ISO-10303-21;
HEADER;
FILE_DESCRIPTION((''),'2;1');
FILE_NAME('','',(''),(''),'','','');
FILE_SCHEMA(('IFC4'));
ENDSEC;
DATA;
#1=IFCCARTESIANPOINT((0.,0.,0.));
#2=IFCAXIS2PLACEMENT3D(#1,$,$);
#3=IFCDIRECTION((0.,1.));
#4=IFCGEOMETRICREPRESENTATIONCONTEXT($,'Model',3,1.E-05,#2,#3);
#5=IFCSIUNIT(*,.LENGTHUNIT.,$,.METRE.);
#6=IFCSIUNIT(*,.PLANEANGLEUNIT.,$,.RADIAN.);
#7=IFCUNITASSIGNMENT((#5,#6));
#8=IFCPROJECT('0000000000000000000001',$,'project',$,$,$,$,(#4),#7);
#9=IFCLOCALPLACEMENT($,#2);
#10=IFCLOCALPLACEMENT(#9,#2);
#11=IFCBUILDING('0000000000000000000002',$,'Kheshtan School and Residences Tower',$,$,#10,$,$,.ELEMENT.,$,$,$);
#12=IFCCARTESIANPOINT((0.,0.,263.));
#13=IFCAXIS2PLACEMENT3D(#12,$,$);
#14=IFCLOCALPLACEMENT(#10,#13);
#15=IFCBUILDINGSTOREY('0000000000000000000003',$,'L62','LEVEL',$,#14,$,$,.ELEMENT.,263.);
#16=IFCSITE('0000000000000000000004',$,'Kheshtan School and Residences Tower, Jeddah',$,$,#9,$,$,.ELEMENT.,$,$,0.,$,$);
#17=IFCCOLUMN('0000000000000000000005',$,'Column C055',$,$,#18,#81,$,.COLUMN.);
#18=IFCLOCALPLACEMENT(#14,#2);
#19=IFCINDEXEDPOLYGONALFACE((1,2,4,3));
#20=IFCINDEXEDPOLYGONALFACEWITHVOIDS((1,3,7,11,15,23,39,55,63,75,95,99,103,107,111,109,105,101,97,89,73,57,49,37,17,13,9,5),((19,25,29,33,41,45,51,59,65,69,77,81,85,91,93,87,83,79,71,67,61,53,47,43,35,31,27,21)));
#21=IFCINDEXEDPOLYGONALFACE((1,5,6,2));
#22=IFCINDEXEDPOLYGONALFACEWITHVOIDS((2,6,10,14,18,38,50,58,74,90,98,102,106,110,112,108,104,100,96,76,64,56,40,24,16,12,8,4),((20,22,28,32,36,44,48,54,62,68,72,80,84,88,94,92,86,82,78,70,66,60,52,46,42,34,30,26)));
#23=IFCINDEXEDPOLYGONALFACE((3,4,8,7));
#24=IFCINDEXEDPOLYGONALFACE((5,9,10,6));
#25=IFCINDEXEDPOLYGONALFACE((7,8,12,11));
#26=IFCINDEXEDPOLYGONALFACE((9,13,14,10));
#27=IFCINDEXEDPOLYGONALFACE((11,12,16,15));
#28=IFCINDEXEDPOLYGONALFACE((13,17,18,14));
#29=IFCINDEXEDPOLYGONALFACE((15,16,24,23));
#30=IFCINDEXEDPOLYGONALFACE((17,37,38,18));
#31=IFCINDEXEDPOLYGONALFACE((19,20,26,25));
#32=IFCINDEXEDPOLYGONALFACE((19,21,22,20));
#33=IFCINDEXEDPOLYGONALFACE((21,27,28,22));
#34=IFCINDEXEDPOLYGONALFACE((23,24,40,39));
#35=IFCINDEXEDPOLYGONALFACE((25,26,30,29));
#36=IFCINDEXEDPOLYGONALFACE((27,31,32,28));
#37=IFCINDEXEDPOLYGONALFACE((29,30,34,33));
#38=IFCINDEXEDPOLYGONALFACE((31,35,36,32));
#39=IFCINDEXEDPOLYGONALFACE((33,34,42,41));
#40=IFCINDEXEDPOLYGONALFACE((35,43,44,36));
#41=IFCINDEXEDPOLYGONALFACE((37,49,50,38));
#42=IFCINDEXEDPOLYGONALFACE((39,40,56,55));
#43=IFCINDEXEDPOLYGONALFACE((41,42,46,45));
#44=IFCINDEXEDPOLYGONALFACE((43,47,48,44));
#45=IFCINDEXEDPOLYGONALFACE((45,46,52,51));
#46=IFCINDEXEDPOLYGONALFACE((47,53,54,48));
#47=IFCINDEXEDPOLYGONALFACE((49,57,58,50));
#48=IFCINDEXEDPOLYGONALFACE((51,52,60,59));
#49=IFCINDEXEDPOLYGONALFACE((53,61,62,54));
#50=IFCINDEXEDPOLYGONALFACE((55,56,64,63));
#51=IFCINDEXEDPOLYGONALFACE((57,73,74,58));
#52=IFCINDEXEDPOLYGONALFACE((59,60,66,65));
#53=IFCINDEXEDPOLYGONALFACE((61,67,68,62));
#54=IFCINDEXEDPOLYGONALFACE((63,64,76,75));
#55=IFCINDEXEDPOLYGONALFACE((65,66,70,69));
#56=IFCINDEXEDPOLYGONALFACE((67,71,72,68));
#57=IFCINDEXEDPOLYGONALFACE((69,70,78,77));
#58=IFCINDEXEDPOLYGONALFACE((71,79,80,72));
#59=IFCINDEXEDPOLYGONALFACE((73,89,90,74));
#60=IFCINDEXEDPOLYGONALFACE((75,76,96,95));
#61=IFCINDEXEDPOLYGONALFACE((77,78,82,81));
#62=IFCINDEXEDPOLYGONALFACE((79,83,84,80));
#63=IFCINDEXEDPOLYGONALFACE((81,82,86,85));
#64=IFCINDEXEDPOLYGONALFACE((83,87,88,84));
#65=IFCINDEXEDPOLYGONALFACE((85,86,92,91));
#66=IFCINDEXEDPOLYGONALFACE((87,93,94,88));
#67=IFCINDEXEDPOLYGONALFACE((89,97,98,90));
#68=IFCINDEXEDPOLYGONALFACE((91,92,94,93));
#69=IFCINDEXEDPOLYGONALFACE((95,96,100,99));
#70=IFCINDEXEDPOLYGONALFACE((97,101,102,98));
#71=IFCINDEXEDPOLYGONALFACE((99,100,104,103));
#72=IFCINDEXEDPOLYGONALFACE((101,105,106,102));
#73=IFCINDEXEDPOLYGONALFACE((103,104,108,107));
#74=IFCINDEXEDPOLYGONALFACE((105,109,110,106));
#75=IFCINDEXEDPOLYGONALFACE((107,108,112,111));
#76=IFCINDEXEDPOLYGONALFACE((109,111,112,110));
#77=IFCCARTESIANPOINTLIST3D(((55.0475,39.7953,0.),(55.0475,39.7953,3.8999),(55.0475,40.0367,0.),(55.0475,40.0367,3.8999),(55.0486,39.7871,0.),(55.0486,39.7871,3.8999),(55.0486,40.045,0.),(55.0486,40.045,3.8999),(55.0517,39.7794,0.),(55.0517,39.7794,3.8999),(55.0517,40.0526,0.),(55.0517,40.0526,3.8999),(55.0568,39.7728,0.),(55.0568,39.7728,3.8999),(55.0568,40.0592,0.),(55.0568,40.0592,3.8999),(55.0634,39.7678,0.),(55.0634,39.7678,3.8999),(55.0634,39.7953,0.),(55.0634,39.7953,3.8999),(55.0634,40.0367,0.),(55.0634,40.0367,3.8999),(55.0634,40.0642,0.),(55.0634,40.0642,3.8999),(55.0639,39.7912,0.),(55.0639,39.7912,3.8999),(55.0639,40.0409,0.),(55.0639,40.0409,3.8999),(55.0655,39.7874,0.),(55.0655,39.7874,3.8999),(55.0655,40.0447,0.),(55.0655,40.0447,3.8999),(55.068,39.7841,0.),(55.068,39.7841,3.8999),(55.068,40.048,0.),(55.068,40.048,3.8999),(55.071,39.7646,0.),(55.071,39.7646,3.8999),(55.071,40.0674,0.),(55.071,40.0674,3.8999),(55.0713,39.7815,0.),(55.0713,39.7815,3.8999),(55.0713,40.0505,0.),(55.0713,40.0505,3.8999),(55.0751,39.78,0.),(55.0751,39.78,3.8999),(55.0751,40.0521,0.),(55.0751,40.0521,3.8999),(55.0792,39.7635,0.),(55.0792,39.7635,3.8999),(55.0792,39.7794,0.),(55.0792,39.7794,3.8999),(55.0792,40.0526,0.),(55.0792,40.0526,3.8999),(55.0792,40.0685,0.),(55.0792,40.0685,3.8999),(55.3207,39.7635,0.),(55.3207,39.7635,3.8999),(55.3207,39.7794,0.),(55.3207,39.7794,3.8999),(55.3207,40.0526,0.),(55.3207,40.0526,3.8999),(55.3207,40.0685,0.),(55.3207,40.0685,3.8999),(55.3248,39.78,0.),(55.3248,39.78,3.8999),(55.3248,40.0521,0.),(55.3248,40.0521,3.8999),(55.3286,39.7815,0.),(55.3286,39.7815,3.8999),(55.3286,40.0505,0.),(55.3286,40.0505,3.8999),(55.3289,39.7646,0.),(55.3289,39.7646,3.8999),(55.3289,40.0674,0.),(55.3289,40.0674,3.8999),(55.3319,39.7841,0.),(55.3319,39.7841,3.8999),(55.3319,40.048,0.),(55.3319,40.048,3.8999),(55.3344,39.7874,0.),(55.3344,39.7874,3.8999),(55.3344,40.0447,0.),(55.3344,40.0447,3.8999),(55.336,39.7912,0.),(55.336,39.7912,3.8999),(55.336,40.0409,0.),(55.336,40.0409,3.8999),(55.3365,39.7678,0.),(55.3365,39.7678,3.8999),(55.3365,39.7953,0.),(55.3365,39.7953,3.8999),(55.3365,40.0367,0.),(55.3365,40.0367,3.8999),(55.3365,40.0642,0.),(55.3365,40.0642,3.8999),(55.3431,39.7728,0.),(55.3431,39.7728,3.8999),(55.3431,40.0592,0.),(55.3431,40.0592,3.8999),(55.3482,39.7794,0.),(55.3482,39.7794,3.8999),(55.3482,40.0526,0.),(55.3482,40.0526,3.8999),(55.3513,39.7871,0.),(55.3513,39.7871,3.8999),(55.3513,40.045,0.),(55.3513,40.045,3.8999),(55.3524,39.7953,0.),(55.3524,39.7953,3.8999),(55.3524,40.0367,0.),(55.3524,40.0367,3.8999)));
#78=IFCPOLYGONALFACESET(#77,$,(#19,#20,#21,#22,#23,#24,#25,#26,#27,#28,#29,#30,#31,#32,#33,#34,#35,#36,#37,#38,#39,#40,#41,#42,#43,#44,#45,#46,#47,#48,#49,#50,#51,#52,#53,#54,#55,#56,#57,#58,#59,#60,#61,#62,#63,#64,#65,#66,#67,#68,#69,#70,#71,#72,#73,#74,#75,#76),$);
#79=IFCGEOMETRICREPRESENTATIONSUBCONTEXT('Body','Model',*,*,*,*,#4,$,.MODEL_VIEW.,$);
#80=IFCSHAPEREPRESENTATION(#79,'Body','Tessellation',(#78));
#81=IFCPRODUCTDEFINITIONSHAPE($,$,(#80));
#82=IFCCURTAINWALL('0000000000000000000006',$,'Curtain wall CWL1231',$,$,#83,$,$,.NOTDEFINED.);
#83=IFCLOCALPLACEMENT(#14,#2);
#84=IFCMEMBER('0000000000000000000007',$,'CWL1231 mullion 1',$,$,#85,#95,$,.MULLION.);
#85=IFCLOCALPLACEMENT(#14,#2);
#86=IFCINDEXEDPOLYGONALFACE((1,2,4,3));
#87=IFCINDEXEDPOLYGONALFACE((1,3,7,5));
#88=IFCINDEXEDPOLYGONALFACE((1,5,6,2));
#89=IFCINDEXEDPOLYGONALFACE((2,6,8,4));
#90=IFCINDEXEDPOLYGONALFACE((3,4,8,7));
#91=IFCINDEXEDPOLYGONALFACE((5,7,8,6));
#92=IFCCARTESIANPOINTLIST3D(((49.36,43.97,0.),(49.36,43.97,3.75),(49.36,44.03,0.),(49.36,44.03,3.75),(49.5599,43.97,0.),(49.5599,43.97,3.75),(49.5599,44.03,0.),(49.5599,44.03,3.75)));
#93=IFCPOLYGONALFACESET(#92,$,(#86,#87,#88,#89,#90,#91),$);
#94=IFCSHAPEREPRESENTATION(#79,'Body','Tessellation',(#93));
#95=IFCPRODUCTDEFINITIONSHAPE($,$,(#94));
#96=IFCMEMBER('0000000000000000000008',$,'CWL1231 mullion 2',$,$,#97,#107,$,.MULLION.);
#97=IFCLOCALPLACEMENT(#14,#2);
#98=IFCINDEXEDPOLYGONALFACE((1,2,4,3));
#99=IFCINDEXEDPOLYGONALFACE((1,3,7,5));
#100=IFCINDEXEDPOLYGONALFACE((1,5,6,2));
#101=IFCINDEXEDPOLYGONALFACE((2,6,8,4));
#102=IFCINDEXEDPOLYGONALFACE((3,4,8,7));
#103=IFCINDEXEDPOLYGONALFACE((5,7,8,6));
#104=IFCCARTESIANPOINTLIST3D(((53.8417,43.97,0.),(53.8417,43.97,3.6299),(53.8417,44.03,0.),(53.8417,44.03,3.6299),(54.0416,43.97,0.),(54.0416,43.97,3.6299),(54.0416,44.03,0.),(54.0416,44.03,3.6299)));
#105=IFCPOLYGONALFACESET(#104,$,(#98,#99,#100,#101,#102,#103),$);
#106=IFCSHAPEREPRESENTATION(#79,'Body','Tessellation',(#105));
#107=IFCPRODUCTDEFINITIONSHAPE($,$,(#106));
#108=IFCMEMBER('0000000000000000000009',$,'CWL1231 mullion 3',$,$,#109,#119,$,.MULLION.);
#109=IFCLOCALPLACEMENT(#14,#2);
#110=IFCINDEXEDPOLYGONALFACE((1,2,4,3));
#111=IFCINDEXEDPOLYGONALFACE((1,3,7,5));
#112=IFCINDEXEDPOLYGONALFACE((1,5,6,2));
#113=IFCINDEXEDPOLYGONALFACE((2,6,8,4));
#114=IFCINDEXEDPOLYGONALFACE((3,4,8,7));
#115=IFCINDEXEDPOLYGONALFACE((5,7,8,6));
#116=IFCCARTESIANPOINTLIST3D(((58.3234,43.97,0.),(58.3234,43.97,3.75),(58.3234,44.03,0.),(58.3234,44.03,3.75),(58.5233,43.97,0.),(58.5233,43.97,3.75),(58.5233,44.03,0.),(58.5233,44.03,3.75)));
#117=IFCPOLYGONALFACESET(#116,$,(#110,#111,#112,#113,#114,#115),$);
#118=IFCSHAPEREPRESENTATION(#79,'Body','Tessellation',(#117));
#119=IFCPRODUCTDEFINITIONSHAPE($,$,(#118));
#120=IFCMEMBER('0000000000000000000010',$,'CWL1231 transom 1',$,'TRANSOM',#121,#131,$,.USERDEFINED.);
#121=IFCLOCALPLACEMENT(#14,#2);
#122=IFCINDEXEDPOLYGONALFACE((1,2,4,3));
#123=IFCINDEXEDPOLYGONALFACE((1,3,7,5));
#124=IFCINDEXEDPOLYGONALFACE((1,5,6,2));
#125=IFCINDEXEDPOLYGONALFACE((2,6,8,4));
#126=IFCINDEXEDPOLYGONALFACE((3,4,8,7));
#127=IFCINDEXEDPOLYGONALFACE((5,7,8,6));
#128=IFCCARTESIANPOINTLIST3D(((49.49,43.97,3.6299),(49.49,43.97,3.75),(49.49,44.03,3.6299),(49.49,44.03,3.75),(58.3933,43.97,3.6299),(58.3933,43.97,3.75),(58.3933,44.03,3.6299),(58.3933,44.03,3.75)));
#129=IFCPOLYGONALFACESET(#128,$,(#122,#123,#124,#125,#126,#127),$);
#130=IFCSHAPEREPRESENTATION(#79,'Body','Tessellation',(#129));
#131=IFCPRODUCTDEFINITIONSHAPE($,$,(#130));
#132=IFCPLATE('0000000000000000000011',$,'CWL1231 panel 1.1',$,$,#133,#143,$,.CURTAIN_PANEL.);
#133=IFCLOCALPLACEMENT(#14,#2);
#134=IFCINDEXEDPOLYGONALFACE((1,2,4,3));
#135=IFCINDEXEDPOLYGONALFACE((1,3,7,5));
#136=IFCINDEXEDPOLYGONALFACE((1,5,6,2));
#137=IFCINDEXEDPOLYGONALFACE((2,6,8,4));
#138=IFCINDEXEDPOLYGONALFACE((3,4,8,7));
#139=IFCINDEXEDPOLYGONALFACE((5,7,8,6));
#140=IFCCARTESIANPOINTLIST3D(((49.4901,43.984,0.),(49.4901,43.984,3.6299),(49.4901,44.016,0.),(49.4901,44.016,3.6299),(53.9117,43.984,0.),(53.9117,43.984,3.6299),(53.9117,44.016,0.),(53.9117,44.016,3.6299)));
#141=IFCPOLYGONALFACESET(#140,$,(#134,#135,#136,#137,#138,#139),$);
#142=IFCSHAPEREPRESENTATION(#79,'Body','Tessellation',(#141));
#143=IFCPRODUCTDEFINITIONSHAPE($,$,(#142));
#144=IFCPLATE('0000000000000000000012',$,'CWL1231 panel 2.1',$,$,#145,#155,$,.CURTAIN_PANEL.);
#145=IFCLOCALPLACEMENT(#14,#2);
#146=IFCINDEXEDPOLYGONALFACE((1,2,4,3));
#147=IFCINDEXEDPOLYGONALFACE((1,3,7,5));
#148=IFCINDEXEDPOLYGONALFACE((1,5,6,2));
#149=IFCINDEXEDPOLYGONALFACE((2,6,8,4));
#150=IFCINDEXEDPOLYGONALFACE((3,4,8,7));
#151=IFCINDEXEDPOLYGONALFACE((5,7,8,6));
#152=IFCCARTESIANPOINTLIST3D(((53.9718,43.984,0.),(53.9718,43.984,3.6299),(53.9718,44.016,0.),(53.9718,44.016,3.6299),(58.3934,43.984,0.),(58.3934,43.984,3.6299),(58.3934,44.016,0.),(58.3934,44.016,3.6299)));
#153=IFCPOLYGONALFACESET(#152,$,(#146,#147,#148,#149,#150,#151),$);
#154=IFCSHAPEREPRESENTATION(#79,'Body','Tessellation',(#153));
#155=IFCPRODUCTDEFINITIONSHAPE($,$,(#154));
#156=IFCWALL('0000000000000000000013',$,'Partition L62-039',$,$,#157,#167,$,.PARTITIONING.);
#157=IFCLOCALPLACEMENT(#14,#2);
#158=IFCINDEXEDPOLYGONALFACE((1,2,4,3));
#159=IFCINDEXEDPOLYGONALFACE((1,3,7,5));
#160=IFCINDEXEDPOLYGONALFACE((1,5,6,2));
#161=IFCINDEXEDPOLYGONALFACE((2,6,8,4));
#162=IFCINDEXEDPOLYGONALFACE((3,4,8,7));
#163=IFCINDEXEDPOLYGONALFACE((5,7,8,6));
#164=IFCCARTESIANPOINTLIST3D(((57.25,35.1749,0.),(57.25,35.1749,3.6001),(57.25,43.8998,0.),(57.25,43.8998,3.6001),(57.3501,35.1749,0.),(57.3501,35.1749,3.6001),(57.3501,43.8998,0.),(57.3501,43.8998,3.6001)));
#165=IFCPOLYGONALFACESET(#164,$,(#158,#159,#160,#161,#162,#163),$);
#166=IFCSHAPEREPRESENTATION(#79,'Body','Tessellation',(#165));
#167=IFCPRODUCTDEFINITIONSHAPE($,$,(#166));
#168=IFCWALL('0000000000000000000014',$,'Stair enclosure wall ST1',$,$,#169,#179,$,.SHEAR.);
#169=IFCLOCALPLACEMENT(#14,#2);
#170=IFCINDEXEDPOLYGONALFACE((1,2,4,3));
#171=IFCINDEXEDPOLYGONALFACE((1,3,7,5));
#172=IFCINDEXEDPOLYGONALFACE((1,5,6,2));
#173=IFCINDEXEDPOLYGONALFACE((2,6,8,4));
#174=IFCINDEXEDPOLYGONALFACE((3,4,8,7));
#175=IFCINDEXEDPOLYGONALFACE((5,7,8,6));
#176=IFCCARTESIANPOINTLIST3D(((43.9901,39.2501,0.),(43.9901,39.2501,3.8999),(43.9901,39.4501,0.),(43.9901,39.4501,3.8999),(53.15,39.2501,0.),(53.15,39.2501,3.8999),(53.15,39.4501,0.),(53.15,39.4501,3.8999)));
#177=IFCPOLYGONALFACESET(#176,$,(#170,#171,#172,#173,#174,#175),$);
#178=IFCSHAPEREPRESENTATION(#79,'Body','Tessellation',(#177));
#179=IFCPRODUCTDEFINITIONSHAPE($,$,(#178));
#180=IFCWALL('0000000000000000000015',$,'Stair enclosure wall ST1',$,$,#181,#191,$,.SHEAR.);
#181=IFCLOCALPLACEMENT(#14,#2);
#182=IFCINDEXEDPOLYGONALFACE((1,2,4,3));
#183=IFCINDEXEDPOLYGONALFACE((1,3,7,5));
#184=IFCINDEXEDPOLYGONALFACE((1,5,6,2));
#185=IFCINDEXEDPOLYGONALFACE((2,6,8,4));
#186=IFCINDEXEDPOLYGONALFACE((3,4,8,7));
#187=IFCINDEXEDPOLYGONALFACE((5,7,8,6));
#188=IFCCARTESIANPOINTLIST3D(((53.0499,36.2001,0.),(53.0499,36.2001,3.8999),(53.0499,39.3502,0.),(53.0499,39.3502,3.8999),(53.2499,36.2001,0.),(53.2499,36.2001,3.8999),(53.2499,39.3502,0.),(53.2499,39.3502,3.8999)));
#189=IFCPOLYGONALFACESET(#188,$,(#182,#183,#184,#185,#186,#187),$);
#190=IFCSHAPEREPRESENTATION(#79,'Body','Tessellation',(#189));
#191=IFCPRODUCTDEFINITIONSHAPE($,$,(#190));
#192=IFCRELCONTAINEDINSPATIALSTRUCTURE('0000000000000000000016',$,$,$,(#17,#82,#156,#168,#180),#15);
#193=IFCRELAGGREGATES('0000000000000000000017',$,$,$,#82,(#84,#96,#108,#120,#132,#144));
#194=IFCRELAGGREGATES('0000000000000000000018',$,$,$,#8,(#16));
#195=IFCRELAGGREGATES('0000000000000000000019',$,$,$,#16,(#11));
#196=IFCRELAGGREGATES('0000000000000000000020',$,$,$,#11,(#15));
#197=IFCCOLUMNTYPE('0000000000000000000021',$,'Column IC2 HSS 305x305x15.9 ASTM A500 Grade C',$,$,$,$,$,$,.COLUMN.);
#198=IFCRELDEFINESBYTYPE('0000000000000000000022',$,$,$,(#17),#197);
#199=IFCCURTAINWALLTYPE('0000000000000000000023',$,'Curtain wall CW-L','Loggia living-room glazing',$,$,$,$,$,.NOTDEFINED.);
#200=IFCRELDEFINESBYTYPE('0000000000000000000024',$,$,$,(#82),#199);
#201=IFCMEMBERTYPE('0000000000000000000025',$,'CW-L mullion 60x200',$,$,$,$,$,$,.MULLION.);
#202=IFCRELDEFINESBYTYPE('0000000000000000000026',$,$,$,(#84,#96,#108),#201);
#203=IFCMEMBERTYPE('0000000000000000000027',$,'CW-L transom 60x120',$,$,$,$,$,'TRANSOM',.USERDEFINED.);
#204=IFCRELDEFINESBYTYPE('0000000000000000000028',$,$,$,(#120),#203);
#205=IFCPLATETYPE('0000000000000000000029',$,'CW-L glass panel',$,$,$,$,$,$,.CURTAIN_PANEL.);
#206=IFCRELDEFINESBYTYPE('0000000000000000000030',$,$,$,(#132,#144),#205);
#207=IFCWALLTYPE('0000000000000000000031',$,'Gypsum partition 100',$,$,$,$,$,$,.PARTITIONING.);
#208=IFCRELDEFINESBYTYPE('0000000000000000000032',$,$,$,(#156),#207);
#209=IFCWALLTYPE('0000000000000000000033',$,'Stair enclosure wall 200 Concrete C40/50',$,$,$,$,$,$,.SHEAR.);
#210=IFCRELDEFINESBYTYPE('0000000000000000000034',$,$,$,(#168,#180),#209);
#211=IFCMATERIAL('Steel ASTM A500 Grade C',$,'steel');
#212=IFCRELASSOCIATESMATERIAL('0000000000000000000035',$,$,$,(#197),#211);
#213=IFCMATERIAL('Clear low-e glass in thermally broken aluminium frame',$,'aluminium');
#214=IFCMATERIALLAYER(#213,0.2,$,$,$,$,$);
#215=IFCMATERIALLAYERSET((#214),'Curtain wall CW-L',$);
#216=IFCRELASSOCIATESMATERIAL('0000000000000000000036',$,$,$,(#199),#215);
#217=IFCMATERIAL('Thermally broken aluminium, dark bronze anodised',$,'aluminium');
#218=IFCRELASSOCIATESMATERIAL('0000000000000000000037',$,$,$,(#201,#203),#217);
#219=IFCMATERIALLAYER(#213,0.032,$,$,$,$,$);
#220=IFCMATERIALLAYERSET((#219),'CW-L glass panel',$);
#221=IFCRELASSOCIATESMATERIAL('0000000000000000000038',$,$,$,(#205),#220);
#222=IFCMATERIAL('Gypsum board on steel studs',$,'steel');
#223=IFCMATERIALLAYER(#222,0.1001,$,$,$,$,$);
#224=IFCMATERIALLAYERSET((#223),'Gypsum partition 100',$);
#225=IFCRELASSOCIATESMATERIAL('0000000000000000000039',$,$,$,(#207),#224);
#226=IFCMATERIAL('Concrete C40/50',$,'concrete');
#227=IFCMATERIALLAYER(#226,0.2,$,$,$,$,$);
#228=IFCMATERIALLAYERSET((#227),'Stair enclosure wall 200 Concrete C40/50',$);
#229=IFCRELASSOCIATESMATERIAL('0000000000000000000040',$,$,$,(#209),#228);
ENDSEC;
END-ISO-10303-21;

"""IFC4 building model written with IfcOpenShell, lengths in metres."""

from ifc_helpers import new_model, si_unit, direction, frame, frame_2d, origin, origin_2d, place, context, subcontext, project, spatial, rectangle, hollow_rectangle, extrude, material, layer, layer_set, material_profile, profile_set, type_object, element, aggregate, save


model = new_model("IFC4")

# Units and contexts
model_context = context("Model", 3, precision=1e-05, world=origin(), true_north=direction((0.0, 1.0)))
body_context = subcontext(model_context, "Body", "Model", "MODEL_VIEW")
ifc_project = project(units=[si_unit("LENGTHUNIT", "METRE"), si_unit("PLANEANGLEUNIT", "RADIAN")], contexts=[model_context])

# Site, building, storey
site_placement = place(None, origin())
site = spatial("IfcSite", under=ifc_project, at=site_placement, Name="Kheshtan School and Residences Tower, Jeddah", CompositionType="ELEMENT", RefElevation=0.0)
building_placement = place(site_placement, origin())
building = spatial("IfcBuilding", under=site, at=building_placement, Name="Kheshtan School and Residences Tower", CompositionType="ELEMENT")
storey_placement = place(building_placement, frame((0.0, 0.0, 263.0)))
storey = spatial("IfcBuildingStorey", under=building, at=storey_placement, Name="L62", Description="LEVEL", CompositionType="ELEMENT", Elevation=263.0)

# Column
ifc_material_1 = material(Name="Steel ASTM A500 Grade C", Category="steel")
ifc_material_profile_1 = material_profile(ifc_material_1, hollow_rectangle(XDim=0.3049, YDim=0.3049, WallThickness=0.0159, InnerFilletRadius=0.0159, OuterFilletRadius=0.0317, at=origin_2d()), Name="HSS 305x305x15.9")
ifc_profile_set_1 = profile_set([ifc_material_profile_1], Name="Steel ASTM A500 Grade C")
column_type = type_object("IfcColumnType", Name="Column IC2 HSS 305x305x15.9 ASTM A500 Grade C", PredefinedType="COLUMN", material=ifc_profile_set_1)
column_placement = place(storey_placement, frame((55.2, 39.916, 0.0), z_axis=(0.0, 0.0, 1.0), x_axis=(1.0, 0.0, 0.0)))
element("IfcColumn", 1, at=column_placement, inside=storey, type_object=column_type, Name="Column C055", PredefinedType="COLUMN", context=body_context, shape_type="SweptSolid", body=[
    extrude(hollow_rectangle(XDim=0.3049, YDim=0.3049, WallThickness=0.0159, InnerFilletRadius=0.0159, OuterFilletRadius=0.0317, at=origin_2d()), origin(), (0.0, 0.0, 1.0), 3.8999),
])

# Curtain wall, members, plates
ifc_material_2 = material(Name="Clear low-e glass in thermally broken aluminium frame", Category="aluminium")
ifc_layer_1 = layer(ifc_material_2, 0.2)
ifc_layer_set_1 = layer_set([ifc_layer_1], Name="Curtain wall CW-L")
curtain_wall_type = type_object("IfcCurtainWallType", Name="Curtain wall CW-L", Description="Loggia living-room glazing", PredefinedType="NOTDEFINED", material=ifc_layer_set_1)
curtain_wall_placement = place(storey_placement, origin())
curtain_wall = element("IfcCurtainWall", 2, at=curtain_wall_placement, inside=storey, type_object=curtain_wall_type, Name="Curtain wall CWL1231", PredefinedType="NOTDEFINED")
ifc_material_3 = material(Name="Thermally broken aluminium, dark bronze anodised", Category="aluminium")
ifc_material_profile_2 = material_profile(ifc_material_3, rectangle(XDim=0.0601, YDim=0.2, at=origin_2d()), Name="CW-L mullion 60x200")
ifc_profile_set_2 = profile_set([ifc_material_profile_2], Name="Thermally broken aluminium, dark bronze anodised")
member_type_1 = type_object("IfcMemberType", Name="CW-L mullion 60x200", PredefinedType="MULLION", material=ifc_profile_set_2)
member_1_placement = place(storey_placement, frame((49.46, 44.0, 0.0), z_axis=(0.0, 0.0, 1.0), x_axis=(0.0, 1.0, 0.0)))
member_1 = element("IfcMember", 3, at=member_1_placement, type_object=member_type_1, Name="CWL1231 mullion 1", PredefinedType="MULLION", context=body_context, shape_type="SweptSolid", body=[
    extrude(rectangle(XDim=0.0601, YDim=0.2, at=origin_2d()), origin(), (0.0, 0.0, 1.0), 3.75),
])
member_2_placement = place(storey_placement, frame((53.9417, 44.0, 0.0), z_axis=(0.0, 0.0, 1.0), x_axis=(0.0, 1.0, 0.0)))
member_2 = element("IfcMember", 4, at=member_2_placement, type_object=member_type_1, Name="CWL1231 mullion 2", PredefinedType="MULLION", context=body_context, shape_type="SweptSolid", body=[
    extrude(rectangle(XDim=0.0601, YDim=0.2, at=origin_2d()), origin(), (0.0, 0.0, 1.0), 3.6299),
])
member_3_placement = place(storey_placement, frame((58.4233, 44.0, 0.0), z_axis=(0.0, 0.0, 1.0), x_axis=(0.0, 1.0, 0.0)))
member_3 = element("IfcMember", 5, at=member_3_placement, type_object=member_type_1, Name="CWL1231 mullion 3", PredefinedType="MULLION", context=body_context, shape_type="SweptSolid", body=[
    extrude(rectangle(XDim=0.0601, YDim=0.2, at=origin_2d()), origin(), (0.0, 0.0, 1.0), 3.75),
])
ifc_material_profile_3 = material_profile(ifc_material_3, rectangle(XDim=0.0601, YDim=0.1201, at=origin_2d()), Name="CW-L transom 60x120")
ifc_profile_set_3 = profile_set([ifc_material_profile_3], Name="Thermally broken aluminium, dark bronze anodised")
member_type_2 = type_object("IfcMemberType", Name="CW-L transom 60x120", ElementType="TRANSOM", PredefinedType="USERDEFINED", material=ifc_profile_set_3)
member_4_placement = place(storey_placement, frame((49.49, 44.0, 3.6899), z_axis=(1.0, 0.0, 0.0), x_axis=(0.0, 1.0, 0.0)))
member_4 = element("IfcMember", 6, at=member_4_placement, type_object=member_type_2, Name="CWL1231 transom 1", ObjectType="TRANSOM", PredefinedType="USERDEFINED", context=body_context, shape_type="SweptSolid", body=[
    extrude(rectangle(XDim=0.0601, YDim=0.1201, at=origin_2d()), origin(), (0.0, 0.0, 1.0), 8.9033),
])
ifc_layer_2 = layer(ifc_material_2, 0.032)
ifc_layer_set_2 = layer_set([ifc_layer_2], Name="CW-L glass panel")
plate_type = type_object("IfcPlateType", Name="CW-L glass panel", PredefinedType="CURTAIN_PANEL", material=ifc_layer_set_2)
plate_1_placement = place(storey_placement, frame((51.7009, 44.0, 0.0), z_axis=(0.0, 0.0, 1.0), x_axis=(1.0, 0.0, 0.0)))
plate_1 = element("IfcPlate", 7, at=plate_1_placement, type_object=plate_type, Name="CWL1231 panel 1.1", PredefinedType="CURTAIN_PANEL", context=body_context, shape_type="SweptSolid", body=[
    extrude(rectangle(XDim=4.4216, YDim=0.032, at=origin_2d()), origin(), (0.0, 0.0, 1.0), 3.6299),
])
plate_2_placement = place(storey_placement, frame((56.1826, 44.0, 0.0), z_axis=(0.0, 0.0, 1.0), x_axis=(1.0, 0.0, 0.0)))
plate_2 = element("IfcPlate", 8, at=plate_2_placement, type_object=plate_type, Name="CWL1231 panel 2.1", PredefinedType="CURTAIN_PANEL", context=body_context, shape_type="SweptSolid", body=[
    extrude(rectangle(XDim=4.4216, YDim=0.032, at=origin_2d()), origin(), (0.0, 0.0, 1.0), 3.6299),
])
aggregate(curtain_wall, [member_1, member_2, member_3, member_4, plate_1, plate_2])

# Walls
ifc_material_4 = material(Name="Gypsum board on steel studs", Category="steel")
ifc_layer_3 = layer(ifc_material_4, 0.1001)
ifc_layer_set_3 = layer_set([ifc_layer_3], Name="Gypsum partition 100")
wall_type_1 = type_object("IfcWallType", Name="Gypsum partition 100", PredefinedType="PARTITIONING", material=ifc_layer_set_3)
wall_1_placement = place(storey_placement, frame((57.3, 35.175, 0.0), z_axis=(0.0, 0.0, 1.0), x_axis=(0.0, 1.0, 0.0)))
element("IfcWall", 9, at=wall_1_placement, inside=storey, type_object=wall_type_1, Name="Partition L62-039", PredefinedType="PARTITIONING", context=body_context, shape_type="SweptSolid", body=[
    extrude(rectangle(XDim=8.7249, YDim=0.1001, at=frame_2d((4.3623, 0.0))), origin(), (0.0, 0.0, 1.0), 3.6001),
])
ifc_material_5 = material(Name="Concrete C40/50", Category="concrete")
ifc_layer_4 = layer(ifc_material_5, 0.2)
ifc_layer_set_4 = layer_set([ifc_layer_4], Name="Stair enclosure wall 200 Concrete C40/50")
wall_type_2 = type_object("IfcWallType", Name="Stair enclosure wall 200 Concrete C40/50", PredefinedType="SHEAR", material=ifc_layer_set_4)
wall_2_placement = place(storey_placement, frame((43.99, 39.3501, 0.0), z_axis=(0.0, 0.0, 1.0), x_axis=(1.0, 0.0, 0.0)))
element("IfcWall", 10, at=wall_2_placement, inside=storey, type_object=wall_type_2, Name="Stair enclosure wall ST1", PredefinedType="SHEAR", context=body_context, shape_type="SweptSolid", body=[
    extrude(rectangle(XDim=9.1599, YDim=0.2, at=frame_2d((4.5801, 0.0))), origin(), (0.0, 0.0, 1.0), 3.8999),
])
wall_3_placement = place(storey_placement, frame((53.1499, 36.2, 0.0), z_axis=(0.0, 0.0, 1.0), x_axis=(0.0, 1.0, 0.0)))
element("IfcWall", 11, at=wall_3_placement, inside=storey, type_object=wall_type_2, Name="Stair enclosure wall ST1", PredefinedType="SHEAR", context=body_context, shape_type="SweptSolid", body=[
    extrude(rectangle(XDim=3.1501, YDim=0.2, at=frame_2d((1.5752, 0.0))), origin(), (0.0, 0.0, 1.0), 3.8999),
])

save(model, "model.ifc")
